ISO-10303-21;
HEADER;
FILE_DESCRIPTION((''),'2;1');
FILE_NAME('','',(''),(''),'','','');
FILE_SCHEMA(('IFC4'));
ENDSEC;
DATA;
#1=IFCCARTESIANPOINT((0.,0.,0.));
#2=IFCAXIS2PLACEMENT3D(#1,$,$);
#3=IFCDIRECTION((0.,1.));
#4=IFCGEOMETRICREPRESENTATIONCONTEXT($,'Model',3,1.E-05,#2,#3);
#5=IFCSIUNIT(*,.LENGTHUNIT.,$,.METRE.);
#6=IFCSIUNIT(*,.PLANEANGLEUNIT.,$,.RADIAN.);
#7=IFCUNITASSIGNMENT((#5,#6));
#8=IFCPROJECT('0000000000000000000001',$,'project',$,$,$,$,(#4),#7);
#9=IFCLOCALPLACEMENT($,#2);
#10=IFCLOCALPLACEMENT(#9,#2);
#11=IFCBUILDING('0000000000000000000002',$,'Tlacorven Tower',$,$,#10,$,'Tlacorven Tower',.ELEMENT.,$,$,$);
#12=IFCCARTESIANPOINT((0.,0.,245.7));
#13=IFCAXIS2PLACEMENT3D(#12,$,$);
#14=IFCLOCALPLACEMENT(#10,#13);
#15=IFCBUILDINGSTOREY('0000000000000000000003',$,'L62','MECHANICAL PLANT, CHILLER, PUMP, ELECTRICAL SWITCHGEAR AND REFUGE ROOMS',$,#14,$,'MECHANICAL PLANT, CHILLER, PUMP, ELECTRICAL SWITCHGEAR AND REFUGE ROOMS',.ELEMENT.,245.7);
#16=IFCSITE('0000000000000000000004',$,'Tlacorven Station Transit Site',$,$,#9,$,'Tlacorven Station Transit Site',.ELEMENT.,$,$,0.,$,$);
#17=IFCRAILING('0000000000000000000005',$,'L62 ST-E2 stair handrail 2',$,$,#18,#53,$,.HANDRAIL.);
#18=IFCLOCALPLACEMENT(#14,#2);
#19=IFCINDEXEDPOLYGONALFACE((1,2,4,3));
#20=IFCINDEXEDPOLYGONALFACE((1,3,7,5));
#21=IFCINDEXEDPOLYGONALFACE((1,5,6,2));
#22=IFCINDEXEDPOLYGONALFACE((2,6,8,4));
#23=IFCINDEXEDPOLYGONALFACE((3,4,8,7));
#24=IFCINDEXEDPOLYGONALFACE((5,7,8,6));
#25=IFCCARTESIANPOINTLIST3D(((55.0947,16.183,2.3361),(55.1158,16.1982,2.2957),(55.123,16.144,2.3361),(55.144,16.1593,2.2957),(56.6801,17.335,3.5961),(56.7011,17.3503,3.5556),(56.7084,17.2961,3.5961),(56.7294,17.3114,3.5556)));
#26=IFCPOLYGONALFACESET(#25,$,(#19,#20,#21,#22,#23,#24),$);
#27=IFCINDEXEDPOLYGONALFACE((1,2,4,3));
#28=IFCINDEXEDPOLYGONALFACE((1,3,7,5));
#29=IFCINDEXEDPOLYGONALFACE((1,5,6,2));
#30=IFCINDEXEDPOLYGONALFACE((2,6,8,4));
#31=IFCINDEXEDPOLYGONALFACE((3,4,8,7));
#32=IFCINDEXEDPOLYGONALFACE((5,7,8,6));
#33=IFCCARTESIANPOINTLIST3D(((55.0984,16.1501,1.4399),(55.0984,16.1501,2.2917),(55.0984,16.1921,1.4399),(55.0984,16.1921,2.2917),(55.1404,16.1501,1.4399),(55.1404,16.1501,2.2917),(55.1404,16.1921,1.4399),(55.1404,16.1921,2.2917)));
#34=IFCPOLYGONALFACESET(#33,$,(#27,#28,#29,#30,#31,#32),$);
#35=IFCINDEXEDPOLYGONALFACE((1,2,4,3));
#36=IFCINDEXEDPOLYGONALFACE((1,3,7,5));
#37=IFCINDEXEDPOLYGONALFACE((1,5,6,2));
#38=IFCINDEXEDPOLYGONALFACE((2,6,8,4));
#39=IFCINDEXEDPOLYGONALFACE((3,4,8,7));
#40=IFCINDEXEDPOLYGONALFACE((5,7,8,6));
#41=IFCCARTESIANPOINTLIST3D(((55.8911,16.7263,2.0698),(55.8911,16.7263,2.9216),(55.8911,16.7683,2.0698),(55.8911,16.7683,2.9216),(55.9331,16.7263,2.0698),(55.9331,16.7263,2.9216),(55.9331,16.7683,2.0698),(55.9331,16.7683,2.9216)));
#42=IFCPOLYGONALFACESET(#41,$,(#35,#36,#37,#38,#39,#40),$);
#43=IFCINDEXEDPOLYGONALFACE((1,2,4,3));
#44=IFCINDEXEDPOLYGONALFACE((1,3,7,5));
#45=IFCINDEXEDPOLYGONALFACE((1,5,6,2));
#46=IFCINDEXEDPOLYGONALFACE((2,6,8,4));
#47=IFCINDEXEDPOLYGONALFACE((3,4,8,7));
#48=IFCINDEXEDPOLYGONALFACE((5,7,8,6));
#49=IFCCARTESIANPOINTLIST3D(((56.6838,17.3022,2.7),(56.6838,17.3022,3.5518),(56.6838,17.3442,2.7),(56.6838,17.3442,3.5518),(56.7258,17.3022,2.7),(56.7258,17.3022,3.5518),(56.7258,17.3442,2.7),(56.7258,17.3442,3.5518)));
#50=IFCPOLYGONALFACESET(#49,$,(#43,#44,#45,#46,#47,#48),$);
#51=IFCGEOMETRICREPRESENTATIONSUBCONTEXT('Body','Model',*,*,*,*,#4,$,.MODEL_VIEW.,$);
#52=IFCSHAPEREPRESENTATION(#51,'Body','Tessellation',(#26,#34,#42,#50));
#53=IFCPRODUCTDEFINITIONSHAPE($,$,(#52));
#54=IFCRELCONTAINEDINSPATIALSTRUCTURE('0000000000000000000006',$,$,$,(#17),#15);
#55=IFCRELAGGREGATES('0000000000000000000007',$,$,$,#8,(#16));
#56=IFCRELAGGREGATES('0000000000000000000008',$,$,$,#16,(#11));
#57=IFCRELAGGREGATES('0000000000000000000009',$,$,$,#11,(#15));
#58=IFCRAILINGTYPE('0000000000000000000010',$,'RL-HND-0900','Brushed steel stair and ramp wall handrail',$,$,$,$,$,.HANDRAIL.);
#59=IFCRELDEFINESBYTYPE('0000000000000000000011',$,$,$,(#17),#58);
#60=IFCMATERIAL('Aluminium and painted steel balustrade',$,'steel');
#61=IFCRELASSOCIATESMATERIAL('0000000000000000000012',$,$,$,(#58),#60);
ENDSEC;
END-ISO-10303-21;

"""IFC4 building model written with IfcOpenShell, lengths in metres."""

from ifc_helpers import new_model, si_unit, direction, frame, origin, origin_2d, place, context, subcontext, project, spatial, rectangle, extrude, source, transform, mapped, material, type_object, element, save


model = new_model("IFC4")

# Units and contexts
model_context = context("Model", 3, precision=1e-05, world=origin(), true_north=direction((0.0, 1.0)))
body_context = subcontext(model_context, "Body", "Model", "MODEL_VIEW")
ifc_project = project(units=[si_unit("LENGTHUNIT", "METRE"), si_unit("PLANEANGLEUNIT", "RADIAN")], contexts=[model_context])

# Site, building, storey
site_placement = place(None, origin())
site = spatial("IfcSite", under=ifc_project, at=site_placement, Name="Tlacorven Station Transit Site", LongName="Tlacorven Station Transit Site", CompositionType="ELEMENT", RefElevation=0.0)
building_placement = place(site_placement, origin())
building = spatial("IfcBuilding", under=site, at=building_placement, Name="Tlacorven Tower", LongName="Tlacorven Tower", CompositionType="ELEMENT")
storey_placement = place(building_placement, frame((0.0, 0.0, 245.7)))
storey = spatial("IfcBuildingStorey", under=building, at=storey_placement, Name="L62", Description="MECHANICAL PLANT, CHILLER, PUMP, ELECTRICAL SWITCHGEAR AND REFUGE ROOMS", LongName="MECHANICAL PLANT, CHILLER, PUMP, ELECTRICAL SWITCHGEAR AND REFUGE ROOMS", CompositionType="ELEMENT", Elevation=245.7)

# Railing
ifc_material_1 = material(Name="Aluminium and painted steel balustrade", Category="steel")
railing_type_1 = type_object("IfcRailingType", Name="RL-HND-0900", Description="Brushed steel stair and ramp wall handrail", PredefinedType="HANDRAIL", material=ifc_material_1)
shared_shape_1 = source(origin(), body_context, "Body", "SweptSolid", [
    extrude(rectangle(XDim=0.0481, YDim=0.0481, at=origin_2d()), frame((0.0, 0.0, 0.876), z_axis=(0.680469, 0.494477, 0.540791), x_axis=(-0.587853, 0.808968, 0.0)), (0.0, 0.0, 1.0), 2.3298),
    extrude(rectangle(XDim=0.042, YDim=0.042, at=origin_2d()), origin(), (0.0, 0.0, 1.0), 0.8518),
    extrude(rectangle(XDim=0.042, YDim=0.042, at=origin_2d()), frame((0.7927, 0.5762, 0.6299)), (0.0, 0.0, 1.0), 0.8518),
    extrude(rectangle(XDim=0.042, YDim=0.042, at=origin_2d()), frame((1.5854, 1.1521, 1.26)), (0.0, 0.0, 1.0), 0.8518),
])
railing_1_placement = place(storey_placement, frame((55.1194, 16.1711, 1.4399)))
element("IfcRailing", 1, at=railing_1_placement, inside=storey, type_object=railing_type_1, Name="L62 ST-E2 stair handrail 2", PredefinedType="HANDRAIL", context=body_context, shape_type="MappedRepresentation", body=[
    mapped(shared_shape_1, transform((0.0, 0.0, 0.0), scale=1.0)),
])

save(model, "model.ifc")
